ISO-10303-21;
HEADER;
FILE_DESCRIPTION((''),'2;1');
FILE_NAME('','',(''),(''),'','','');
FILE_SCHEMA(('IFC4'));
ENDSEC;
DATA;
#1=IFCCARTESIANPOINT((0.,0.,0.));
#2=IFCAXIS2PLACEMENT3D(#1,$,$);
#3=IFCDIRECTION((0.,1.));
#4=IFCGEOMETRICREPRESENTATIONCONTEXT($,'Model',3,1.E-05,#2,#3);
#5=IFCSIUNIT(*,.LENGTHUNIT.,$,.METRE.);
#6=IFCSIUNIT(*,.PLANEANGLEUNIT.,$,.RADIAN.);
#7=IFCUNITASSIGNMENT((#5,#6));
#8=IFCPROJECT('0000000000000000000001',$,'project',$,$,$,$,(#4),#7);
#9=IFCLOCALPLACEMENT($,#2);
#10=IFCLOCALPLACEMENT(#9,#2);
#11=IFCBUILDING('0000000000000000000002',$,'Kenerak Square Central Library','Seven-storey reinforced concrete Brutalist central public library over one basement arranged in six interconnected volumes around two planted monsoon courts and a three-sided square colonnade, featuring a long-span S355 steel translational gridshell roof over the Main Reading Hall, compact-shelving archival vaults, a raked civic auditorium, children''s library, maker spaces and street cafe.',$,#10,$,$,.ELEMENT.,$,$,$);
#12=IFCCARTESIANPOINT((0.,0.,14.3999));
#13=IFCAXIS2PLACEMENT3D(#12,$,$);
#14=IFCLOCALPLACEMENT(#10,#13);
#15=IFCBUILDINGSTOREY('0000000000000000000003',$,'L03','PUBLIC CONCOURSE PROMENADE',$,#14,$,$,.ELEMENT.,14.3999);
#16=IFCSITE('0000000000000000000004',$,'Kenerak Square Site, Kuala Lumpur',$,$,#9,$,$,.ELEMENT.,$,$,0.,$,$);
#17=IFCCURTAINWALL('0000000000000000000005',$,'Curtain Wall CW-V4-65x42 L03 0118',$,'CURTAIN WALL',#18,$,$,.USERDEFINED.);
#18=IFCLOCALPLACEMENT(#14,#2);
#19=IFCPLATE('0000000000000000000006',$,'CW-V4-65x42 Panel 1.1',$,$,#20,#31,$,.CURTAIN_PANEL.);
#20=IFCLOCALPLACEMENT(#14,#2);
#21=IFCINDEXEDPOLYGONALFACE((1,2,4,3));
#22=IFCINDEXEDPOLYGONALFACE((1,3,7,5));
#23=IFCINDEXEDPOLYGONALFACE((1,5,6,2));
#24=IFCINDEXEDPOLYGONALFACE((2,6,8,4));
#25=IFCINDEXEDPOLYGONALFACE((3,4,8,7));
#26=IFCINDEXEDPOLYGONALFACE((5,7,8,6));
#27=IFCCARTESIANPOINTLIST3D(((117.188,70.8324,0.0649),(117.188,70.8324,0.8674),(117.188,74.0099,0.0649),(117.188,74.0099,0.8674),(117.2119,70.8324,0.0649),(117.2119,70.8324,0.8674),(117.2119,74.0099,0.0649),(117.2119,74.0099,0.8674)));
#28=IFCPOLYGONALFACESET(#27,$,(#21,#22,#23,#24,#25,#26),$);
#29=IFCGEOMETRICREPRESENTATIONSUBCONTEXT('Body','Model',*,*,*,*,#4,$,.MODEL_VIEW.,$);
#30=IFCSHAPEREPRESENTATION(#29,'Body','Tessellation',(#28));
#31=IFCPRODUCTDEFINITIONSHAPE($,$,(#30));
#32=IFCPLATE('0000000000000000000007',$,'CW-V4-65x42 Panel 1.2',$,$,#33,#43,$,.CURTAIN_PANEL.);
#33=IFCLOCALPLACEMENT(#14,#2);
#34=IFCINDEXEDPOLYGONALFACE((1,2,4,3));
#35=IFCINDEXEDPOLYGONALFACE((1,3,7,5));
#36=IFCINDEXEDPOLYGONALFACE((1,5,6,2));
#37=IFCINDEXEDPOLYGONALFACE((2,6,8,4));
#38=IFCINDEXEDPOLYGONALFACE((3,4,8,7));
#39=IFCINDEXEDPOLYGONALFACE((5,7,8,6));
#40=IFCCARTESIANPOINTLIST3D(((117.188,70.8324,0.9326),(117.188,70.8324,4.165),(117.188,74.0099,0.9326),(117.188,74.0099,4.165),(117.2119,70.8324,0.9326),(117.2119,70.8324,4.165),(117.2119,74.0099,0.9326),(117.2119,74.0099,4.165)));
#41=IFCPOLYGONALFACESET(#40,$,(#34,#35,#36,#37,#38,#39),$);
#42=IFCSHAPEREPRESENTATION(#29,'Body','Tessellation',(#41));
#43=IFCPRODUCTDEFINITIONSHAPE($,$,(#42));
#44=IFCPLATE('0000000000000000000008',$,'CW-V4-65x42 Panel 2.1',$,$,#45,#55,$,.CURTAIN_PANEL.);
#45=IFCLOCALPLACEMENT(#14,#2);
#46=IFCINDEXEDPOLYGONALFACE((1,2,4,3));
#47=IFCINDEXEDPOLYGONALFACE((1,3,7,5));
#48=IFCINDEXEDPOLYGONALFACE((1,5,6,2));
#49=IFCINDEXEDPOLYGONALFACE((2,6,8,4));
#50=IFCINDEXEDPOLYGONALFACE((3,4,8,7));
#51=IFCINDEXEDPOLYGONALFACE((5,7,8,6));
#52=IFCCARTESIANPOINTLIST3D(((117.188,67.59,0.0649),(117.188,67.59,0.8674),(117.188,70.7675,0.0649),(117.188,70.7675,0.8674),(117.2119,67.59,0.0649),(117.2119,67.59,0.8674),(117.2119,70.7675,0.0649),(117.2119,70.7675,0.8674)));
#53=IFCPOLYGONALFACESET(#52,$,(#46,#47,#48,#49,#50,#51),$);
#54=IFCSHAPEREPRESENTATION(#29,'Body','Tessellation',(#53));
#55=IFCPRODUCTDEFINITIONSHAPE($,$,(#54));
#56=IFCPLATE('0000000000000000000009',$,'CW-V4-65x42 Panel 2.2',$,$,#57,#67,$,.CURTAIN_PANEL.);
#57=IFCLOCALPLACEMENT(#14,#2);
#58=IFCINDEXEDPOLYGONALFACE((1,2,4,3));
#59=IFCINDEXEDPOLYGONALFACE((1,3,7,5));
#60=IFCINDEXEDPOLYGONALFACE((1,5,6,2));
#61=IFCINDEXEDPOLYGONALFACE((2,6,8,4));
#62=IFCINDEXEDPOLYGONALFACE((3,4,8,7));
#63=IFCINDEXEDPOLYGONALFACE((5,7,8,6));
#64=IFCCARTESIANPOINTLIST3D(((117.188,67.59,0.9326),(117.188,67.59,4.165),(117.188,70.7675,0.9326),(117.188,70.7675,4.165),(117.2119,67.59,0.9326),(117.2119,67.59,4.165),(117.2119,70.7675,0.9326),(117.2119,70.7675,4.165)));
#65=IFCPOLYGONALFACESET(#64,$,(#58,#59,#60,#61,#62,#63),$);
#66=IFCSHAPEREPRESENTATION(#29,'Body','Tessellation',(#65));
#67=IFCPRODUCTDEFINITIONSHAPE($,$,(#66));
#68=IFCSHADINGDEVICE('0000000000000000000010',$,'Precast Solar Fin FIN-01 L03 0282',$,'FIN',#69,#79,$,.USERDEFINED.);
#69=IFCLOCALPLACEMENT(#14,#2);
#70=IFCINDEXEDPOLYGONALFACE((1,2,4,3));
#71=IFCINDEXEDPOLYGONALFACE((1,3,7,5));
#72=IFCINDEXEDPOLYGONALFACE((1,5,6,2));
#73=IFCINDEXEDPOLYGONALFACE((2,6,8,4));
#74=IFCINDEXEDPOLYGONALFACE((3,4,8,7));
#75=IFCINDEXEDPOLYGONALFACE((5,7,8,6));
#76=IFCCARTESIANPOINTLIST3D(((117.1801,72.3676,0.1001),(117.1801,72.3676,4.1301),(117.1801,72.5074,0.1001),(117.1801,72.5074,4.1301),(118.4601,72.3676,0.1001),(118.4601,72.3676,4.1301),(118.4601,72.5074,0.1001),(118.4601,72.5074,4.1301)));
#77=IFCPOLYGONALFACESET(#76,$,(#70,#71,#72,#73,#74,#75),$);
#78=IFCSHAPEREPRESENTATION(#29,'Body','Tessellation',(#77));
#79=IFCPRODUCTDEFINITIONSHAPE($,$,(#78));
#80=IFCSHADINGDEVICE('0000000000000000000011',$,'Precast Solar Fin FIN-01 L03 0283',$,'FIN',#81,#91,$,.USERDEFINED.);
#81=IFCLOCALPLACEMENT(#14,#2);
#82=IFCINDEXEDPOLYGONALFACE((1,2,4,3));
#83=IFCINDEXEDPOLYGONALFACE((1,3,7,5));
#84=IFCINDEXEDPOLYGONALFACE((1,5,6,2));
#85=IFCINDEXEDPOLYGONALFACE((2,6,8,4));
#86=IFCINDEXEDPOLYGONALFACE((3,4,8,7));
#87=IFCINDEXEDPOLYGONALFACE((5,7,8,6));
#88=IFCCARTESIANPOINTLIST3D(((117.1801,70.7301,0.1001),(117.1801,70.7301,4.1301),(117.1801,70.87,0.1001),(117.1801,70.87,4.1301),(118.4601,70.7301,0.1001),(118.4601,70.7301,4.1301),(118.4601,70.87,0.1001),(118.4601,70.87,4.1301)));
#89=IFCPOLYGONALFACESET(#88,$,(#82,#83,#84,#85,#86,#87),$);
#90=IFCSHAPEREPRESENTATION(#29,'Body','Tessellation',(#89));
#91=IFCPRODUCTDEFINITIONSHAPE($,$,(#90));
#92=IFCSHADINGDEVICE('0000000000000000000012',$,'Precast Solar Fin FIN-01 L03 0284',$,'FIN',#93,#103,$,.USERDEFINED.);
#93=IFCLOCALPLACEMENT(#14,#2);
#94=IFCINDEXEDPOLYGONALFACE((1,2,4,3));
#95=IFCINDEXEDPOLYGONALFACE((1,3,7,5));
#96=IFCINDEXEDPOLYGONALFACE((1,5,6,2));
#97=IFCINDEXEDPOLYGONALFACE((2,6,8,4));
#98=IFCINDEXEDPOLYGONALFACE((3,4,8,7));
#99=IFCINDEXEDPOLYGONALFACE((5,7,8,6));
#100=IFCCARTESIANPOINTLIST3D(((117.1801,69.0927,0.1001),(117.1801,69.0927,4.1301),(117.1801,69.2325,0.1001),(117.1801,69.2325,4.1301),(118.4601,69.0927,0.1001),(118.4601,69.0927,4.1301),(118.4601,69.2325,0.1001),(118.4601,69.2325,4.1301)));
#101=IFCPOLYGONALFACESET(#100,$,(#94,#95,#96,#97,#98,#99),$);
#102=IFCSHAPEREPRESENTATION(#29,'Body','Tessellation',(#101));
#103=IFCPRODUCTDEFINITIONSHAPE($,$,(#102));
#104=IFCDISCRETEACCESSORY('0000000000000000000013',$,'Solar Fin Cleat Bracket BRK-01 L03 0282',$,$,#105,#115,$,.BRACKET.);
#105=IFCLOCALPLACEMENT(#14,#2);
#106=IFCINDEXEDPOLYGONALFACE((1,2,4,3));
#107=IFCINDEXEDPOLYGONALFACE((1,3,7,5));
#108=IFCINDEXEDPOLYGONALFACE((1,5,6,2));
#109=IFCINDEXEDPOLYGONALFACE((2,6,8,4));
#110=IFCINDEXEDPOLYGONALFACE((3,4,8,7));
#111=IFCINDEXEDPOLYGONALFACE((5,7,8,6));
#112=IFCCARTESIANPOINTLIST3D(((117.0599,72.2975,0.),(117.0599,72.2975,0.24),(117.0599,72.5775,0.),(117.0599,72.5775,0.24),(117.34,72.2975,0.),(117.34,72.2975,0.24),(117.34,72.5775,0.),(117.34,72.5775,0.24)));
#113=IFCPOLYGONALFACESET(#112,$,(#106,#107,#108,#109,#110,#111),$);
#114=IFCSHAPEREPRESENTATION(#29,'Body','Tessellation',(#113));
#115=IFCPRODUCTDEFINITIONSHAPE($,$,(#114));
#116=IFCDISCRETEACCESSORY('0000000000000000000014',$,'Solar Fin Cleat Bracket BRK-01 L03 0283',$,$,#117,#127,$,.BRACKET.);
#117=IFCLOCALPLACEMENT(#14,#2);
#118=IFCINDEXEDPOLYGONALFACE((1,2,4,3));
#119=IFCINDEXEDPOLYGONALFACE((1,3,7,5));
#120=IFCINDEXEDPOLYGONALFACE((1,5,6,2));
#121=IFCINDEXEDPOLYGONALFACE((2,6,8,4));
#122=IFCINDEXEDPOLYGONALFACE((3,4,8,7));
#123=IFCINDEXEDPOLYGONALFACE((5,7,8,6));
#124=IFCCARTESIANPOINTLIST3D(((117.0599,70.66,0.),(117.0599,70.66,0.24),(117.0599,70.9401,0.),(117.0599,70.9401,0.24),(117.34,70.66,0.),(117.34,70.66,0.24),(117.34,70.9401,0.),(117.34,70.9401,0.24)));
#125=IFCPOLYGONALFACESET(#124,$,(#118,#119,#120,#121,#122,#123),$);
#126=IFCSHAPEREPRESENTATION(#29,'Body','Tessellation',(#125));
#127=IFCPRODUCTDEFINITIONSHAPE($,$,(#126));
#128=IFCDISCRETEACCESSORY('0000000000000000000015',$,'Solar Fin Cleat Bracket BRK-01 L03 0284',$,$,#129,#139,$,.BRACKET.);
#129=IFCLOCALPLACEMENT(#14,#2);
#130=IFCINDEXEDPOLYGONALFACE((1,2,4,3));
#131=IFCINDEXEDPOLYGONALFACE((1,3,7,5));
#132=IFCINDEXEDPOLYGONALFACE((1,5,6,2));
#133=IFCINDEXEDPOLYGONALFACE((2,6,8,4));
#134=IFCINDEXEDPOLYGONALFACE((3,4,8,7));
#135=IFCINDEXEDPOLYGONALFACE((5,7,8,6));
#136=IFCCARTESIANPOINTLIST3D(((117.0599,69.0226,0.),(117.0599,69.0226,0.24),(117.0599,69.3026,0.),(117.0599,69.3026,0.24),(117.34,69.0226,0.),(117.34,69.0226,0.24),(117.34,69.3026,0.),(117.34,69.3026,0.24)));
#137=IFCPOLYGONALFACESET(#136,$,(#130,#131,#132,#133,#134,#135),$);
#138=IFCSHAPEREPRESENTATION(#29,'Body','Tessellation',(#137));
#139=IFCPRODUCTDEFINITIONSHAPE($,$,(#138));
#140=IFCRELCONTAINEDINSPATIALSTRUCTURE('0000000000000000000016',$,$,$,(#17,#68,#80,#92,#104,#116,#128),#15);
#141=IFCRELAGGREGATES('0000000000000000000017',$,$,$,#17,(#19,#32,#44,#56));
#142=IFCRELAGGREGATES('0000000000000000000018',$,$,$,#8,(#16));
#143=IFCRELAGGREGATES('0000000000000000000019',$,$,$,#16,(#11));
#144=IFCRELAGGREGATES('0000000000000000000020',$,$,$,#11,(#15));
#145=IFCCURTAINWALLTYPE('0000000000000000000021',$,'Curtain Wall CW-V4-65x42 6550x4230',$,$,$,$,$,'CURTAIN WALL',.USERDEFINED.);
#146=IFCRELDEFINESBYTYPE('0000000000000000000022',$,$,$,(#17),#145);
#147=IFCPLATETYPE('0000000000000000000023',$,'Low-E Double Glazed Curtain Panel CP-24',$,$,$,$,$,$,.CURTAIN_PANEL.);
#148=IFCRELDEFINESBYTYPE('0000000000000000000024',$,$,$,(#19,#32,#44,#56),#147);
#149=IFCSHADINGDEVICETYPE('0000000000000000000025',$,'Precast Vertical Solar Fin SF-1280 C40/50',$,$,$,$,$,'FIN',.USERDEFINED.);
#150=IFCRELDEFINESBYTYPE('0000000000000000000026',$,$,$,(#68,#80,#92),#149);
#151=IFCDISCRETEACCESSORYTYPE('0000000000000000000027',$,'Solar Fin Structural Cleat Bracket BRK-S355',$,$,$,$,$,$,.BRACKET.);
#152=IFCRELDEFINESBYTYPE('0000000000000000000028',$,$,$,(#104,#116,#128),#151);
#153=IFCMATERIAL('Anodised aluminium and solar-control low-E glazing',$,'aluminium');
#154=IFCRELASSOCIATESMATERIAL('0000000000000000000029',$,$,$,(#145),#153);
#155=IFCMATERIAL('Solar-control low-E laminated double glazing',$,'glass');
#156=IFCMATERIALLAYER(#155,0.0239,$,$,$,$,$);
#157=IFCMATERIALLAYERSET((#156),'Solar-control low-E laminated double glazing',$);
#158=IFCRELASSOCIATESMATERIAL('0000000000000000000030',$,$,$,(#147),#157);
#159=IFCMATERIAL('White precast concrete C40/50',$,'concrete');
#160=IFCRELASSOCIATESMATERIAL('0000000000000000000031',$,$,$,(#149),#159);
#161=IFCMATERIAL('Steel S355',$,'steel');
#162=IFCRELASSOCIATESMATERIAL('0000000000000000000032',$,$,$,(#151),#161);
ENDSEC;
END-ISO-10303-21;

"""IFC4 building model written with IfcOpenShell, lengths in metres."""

from ifc_helpers import new_model, si_unit, direction, frame, origin, origin_2d, place, context, subcontext, project, spatial, rectangle, extrude, material, layer, layer_set, type_object, element, aggregate, save


model = new_model("IFC4")

# Units and contexts
model_context = context("Model", 3, precision=1e-05, world=origin(), true_north=direction((0.0, 1.0)))
body_context = subcontext(model_context, "Body", "Model", "MODEL_VIEW")
ifc_project = project(units=[si_unit("LENGTHUNIT", "METRE"), si_unit("PLANEANGLEUNIT", "RADIAN")], contexts=[model_context])

# Site, building, storey
site_placement = place(None, origin())
site = spatial("IfcSite", under=ifc_project, at=site_placement, Name="Kenerak Square Site, Kuala Lumpur", CompositionType="ELEMENT", RefElevation=0.0)
building_placement = place(site_placement, origin())
building = spatial("IfcBuilding", under=site, at=building_placement, Name="Kenerak Square Central Library", Description="Seven-storey reinforced concrete Brutalist central public library over one basement arranged in six interconnected volumes around two planted monsoon courts and a three-sided square colonnade, featuring a long-span S355 steel translational gridshell roof over the Main Reading Hall, compact-shelving archival vaults, a raked civic auditorium, children's library, maker spaces and street cafe.", CompositionType="ELEMENT")
storey_placement = place(building_placement, frame((0.0, 0.0, 14.3999)))
storey = spatial("IfcBuildingStorey", under=building, at=storey_placement, Name="L03", Description="PUBLIC CONCOURSE PROMENADE", CompositionType="ELEMENT", Elevation=14.3999)

# Curtain wall
ifc_material_1 = material(Name="Anodised aluminium and solar-control low-E glazing", Category="aluminium")
curtain_wall_type = type_object("IfcCurtainWallType", Name="Curtain Wall CW-V4-65x42 6550x4230", ElementType="CURTAIN WALL", PredefinedType="USERDEFINED", material=ifc_material_1)
curtain_wall_1_placement = place(storey_placement, origin())
curtain_wall_1 = element("IfcCurtainWall", 1, at=curtain_wall_1_placement, inside=storey, type_object=curtain_wall_type, Name="Curtain Wall CW-V4-65x42 L03 0118", ObjectType="CURTAIN WALL", PredefinedType="USERDEFINED")

# Plates
ifc_material_2 = material(Name="Solar-control low-E laminated double glazing", Category="glass")
ifc_layer = layer(ifc_material_2, 0.0239)
ifc_layer_set = layer_set([ifc_layer], Name="Solar-control low-E laminated double glazing")
plate_type = type_object("IfcPlateType", Name="Low-E Double Glazed Curtain Panel CP-24", PredefinedType="CURTAIN_PANEL", material=ifc_layer_set)
plate_1_placement = place(storey_placement, frame((117.2, 72.4211, 0.0649), z_axis=(0.0, 0.0, 1.0), x_axis=(0.0, -1.0, 0.0)))
plate_1 = element("IfcPlate", 2, at=plate_1_placement, type_object=plate_type, Name="CW-V4-65x42 Panel 1.1", PredefinedType="CURTAIN_PANEL", context=body_context, shape_type="SweptSolid", body=[
    extrude(rectangle(XDim=3.1775, YDim=0.0239, at=origin_2d()), origin(), (0.0, 0.0, 1.0), 0.8025),
])
plate_2_placement = place(storey_placement, frame((117.2, 72.4211, 0.9326), z_axis=(0.0, 0.0, 1.0), x_axis=(0.0, -1.0, 0.0)))
plate_2 = element("IfcPlate", 3, at=plate_2_placement, type_object=plate_type, Name="CW-V4-65x42 Panel 1.2", PredefinedType="CURTAIN_PANEL", context=body_context, shape_type="SweptSolid", body=[
    extrude(rectangle(XDim=3.1775, YDim=0.0239, at=origin_2d()), origin(), (0.0, 0.0, 1.0), 3.2324),
])
plate_3_placement = place(storey_placement, frame((117.2, 69.1787, 0.0649), z_axis=(0.0, 0.0, 1.0), x_axis=(0.0, -1.0, 0.0)))
plate_3 = element("IfcPlate", 4, at=plate_3_placement, type_object=plate_type, Name="CW-V4-65x42 Panel 2.1", PredefinedType="CURTAIN_PANEL", context=body_context, shape_type="SweptSolid", body=[
    extrude(rectangle(XDim=3.1775, YDim=0.0239, at=origin_2d()), origin(), (0.0, 0.0, 1.0), 0.8025),
])
plate_4_placement = place(storey_placement, frame((117.2, 69.1787, 0.9326), z_axis=(0.0, 0.0, 1.0), x_axis=(0.0, -1.0, 0.0)))
plate_4 = element("IfcPlate", 5, at=plate_4_placement, type_object=plate_type, Name="CW-V4-65x42 Panel 2.2", PredefinedType="CURTAIN_PANEL", context=body_context, shape_type="SweptSolid", body=[
    extrude(rectangle(XDim=3.1775, YDim=0.0239, at=origin_2d()), origin(), (0.0, 0.0, 1.0), 3.2324),
])
aggregate(curtain_wall_1, [plate_1, plate_2, plate_3, plate_4])

# Shading devices
ifc_material_3 = material(Name="White precast concrete C40/50", Category="concrete")
shading_device_type = type_object("IfcShadingDeviceType", Name="Precast Vertical Solar Fin SF-1280 C40/50", ElementType="FIN", PredefinedType="USERDEFINED", material=ifc_material_3)
for number, where, z_axis, x_axis, name in (
    (6, (117.8201, 72.4375, 0.1001), (0.0, 0.0, 1.0), (0.0, -1.0, 0.0), "Precast Solar Fin FIN-01 L03 0282"),
    (7, (117.8201, 70.8, 0.1001), (0.0, 0.0, 1.0), (0.0, -1.0, 0.0), "Precast Solar Fin FIN-01 L03 0283"),
    (8, (117.8201, 69.1626, 0.1001), (0.0, 0.0, 1.0), (0.0, -1.0, 0.0), "Precast Solar Fin FIN-01 L03 0284"),
):
    element("IfcShadingDevice", number, at=place(storey_placement, frame(where, z_axis=z_axis, x_axis=x_axis)), inside=storey, type_object=shading_device_type, Name=name, ObjectType="FIN", PredefinedType="USERDEFINED", context=body_context, shape_type="SweptSolid", body=[
        extrude(rectangle(XDim=0.1399, YDim=1.28, at=origin_2d()), origin(), (0.0, 0.0, 1.0), 4.03),
    ])

# Discrete accessories
ifc_material_4 = material(Name="Steel S355", Category="steel")
discrete_accessory_type = type_object("IfcDiscreteAccessoryType", Name="Solar Fin Structural Cleat Bracket BRK-S355", PredefinedType="BRACKET", material=ifc_material_4)
for number, where, z_axis, x_axis, name in (
    (9, (117.2, 72.4375, 0.0), (0.0, 0.0, 1.0), (0.0, -1.0, 0.0), "Solar Fin Cleat Bracket BRK-01 L03 0282"),
    (10, (117.2, 70.8, 0.0), (0.0, 0.0, 1.0), (0.0, -1.0, 0.0), "Solar Fin Cleat Bracket BRK-01 L03 0283"),
    (11, (117.2, 69.1626, 0.0), (0.0, 0.0, 1.0), (0.0, -1.0, 0.0), "Solar Fin Cleat Bracket BRK-01 L03 0284"),
):
    element("IfcDiscreteAccessory", number, at=place(storey_placement, frame(where, z_axis=z_axis, x_axis=x_axis)), inside=storey, type_object=discrete_accessory_type, Name=name, PredefinedType="BRACKET", context=body_context, shape_type="SweptSolid", body=[
        extrude(rectangle(XDim=0.28, YDim=0.28, at=origin_2d()), origin(), (0.0, 0.0, 1.0), 0.24),
    ])

save(model, "model.ifc")
